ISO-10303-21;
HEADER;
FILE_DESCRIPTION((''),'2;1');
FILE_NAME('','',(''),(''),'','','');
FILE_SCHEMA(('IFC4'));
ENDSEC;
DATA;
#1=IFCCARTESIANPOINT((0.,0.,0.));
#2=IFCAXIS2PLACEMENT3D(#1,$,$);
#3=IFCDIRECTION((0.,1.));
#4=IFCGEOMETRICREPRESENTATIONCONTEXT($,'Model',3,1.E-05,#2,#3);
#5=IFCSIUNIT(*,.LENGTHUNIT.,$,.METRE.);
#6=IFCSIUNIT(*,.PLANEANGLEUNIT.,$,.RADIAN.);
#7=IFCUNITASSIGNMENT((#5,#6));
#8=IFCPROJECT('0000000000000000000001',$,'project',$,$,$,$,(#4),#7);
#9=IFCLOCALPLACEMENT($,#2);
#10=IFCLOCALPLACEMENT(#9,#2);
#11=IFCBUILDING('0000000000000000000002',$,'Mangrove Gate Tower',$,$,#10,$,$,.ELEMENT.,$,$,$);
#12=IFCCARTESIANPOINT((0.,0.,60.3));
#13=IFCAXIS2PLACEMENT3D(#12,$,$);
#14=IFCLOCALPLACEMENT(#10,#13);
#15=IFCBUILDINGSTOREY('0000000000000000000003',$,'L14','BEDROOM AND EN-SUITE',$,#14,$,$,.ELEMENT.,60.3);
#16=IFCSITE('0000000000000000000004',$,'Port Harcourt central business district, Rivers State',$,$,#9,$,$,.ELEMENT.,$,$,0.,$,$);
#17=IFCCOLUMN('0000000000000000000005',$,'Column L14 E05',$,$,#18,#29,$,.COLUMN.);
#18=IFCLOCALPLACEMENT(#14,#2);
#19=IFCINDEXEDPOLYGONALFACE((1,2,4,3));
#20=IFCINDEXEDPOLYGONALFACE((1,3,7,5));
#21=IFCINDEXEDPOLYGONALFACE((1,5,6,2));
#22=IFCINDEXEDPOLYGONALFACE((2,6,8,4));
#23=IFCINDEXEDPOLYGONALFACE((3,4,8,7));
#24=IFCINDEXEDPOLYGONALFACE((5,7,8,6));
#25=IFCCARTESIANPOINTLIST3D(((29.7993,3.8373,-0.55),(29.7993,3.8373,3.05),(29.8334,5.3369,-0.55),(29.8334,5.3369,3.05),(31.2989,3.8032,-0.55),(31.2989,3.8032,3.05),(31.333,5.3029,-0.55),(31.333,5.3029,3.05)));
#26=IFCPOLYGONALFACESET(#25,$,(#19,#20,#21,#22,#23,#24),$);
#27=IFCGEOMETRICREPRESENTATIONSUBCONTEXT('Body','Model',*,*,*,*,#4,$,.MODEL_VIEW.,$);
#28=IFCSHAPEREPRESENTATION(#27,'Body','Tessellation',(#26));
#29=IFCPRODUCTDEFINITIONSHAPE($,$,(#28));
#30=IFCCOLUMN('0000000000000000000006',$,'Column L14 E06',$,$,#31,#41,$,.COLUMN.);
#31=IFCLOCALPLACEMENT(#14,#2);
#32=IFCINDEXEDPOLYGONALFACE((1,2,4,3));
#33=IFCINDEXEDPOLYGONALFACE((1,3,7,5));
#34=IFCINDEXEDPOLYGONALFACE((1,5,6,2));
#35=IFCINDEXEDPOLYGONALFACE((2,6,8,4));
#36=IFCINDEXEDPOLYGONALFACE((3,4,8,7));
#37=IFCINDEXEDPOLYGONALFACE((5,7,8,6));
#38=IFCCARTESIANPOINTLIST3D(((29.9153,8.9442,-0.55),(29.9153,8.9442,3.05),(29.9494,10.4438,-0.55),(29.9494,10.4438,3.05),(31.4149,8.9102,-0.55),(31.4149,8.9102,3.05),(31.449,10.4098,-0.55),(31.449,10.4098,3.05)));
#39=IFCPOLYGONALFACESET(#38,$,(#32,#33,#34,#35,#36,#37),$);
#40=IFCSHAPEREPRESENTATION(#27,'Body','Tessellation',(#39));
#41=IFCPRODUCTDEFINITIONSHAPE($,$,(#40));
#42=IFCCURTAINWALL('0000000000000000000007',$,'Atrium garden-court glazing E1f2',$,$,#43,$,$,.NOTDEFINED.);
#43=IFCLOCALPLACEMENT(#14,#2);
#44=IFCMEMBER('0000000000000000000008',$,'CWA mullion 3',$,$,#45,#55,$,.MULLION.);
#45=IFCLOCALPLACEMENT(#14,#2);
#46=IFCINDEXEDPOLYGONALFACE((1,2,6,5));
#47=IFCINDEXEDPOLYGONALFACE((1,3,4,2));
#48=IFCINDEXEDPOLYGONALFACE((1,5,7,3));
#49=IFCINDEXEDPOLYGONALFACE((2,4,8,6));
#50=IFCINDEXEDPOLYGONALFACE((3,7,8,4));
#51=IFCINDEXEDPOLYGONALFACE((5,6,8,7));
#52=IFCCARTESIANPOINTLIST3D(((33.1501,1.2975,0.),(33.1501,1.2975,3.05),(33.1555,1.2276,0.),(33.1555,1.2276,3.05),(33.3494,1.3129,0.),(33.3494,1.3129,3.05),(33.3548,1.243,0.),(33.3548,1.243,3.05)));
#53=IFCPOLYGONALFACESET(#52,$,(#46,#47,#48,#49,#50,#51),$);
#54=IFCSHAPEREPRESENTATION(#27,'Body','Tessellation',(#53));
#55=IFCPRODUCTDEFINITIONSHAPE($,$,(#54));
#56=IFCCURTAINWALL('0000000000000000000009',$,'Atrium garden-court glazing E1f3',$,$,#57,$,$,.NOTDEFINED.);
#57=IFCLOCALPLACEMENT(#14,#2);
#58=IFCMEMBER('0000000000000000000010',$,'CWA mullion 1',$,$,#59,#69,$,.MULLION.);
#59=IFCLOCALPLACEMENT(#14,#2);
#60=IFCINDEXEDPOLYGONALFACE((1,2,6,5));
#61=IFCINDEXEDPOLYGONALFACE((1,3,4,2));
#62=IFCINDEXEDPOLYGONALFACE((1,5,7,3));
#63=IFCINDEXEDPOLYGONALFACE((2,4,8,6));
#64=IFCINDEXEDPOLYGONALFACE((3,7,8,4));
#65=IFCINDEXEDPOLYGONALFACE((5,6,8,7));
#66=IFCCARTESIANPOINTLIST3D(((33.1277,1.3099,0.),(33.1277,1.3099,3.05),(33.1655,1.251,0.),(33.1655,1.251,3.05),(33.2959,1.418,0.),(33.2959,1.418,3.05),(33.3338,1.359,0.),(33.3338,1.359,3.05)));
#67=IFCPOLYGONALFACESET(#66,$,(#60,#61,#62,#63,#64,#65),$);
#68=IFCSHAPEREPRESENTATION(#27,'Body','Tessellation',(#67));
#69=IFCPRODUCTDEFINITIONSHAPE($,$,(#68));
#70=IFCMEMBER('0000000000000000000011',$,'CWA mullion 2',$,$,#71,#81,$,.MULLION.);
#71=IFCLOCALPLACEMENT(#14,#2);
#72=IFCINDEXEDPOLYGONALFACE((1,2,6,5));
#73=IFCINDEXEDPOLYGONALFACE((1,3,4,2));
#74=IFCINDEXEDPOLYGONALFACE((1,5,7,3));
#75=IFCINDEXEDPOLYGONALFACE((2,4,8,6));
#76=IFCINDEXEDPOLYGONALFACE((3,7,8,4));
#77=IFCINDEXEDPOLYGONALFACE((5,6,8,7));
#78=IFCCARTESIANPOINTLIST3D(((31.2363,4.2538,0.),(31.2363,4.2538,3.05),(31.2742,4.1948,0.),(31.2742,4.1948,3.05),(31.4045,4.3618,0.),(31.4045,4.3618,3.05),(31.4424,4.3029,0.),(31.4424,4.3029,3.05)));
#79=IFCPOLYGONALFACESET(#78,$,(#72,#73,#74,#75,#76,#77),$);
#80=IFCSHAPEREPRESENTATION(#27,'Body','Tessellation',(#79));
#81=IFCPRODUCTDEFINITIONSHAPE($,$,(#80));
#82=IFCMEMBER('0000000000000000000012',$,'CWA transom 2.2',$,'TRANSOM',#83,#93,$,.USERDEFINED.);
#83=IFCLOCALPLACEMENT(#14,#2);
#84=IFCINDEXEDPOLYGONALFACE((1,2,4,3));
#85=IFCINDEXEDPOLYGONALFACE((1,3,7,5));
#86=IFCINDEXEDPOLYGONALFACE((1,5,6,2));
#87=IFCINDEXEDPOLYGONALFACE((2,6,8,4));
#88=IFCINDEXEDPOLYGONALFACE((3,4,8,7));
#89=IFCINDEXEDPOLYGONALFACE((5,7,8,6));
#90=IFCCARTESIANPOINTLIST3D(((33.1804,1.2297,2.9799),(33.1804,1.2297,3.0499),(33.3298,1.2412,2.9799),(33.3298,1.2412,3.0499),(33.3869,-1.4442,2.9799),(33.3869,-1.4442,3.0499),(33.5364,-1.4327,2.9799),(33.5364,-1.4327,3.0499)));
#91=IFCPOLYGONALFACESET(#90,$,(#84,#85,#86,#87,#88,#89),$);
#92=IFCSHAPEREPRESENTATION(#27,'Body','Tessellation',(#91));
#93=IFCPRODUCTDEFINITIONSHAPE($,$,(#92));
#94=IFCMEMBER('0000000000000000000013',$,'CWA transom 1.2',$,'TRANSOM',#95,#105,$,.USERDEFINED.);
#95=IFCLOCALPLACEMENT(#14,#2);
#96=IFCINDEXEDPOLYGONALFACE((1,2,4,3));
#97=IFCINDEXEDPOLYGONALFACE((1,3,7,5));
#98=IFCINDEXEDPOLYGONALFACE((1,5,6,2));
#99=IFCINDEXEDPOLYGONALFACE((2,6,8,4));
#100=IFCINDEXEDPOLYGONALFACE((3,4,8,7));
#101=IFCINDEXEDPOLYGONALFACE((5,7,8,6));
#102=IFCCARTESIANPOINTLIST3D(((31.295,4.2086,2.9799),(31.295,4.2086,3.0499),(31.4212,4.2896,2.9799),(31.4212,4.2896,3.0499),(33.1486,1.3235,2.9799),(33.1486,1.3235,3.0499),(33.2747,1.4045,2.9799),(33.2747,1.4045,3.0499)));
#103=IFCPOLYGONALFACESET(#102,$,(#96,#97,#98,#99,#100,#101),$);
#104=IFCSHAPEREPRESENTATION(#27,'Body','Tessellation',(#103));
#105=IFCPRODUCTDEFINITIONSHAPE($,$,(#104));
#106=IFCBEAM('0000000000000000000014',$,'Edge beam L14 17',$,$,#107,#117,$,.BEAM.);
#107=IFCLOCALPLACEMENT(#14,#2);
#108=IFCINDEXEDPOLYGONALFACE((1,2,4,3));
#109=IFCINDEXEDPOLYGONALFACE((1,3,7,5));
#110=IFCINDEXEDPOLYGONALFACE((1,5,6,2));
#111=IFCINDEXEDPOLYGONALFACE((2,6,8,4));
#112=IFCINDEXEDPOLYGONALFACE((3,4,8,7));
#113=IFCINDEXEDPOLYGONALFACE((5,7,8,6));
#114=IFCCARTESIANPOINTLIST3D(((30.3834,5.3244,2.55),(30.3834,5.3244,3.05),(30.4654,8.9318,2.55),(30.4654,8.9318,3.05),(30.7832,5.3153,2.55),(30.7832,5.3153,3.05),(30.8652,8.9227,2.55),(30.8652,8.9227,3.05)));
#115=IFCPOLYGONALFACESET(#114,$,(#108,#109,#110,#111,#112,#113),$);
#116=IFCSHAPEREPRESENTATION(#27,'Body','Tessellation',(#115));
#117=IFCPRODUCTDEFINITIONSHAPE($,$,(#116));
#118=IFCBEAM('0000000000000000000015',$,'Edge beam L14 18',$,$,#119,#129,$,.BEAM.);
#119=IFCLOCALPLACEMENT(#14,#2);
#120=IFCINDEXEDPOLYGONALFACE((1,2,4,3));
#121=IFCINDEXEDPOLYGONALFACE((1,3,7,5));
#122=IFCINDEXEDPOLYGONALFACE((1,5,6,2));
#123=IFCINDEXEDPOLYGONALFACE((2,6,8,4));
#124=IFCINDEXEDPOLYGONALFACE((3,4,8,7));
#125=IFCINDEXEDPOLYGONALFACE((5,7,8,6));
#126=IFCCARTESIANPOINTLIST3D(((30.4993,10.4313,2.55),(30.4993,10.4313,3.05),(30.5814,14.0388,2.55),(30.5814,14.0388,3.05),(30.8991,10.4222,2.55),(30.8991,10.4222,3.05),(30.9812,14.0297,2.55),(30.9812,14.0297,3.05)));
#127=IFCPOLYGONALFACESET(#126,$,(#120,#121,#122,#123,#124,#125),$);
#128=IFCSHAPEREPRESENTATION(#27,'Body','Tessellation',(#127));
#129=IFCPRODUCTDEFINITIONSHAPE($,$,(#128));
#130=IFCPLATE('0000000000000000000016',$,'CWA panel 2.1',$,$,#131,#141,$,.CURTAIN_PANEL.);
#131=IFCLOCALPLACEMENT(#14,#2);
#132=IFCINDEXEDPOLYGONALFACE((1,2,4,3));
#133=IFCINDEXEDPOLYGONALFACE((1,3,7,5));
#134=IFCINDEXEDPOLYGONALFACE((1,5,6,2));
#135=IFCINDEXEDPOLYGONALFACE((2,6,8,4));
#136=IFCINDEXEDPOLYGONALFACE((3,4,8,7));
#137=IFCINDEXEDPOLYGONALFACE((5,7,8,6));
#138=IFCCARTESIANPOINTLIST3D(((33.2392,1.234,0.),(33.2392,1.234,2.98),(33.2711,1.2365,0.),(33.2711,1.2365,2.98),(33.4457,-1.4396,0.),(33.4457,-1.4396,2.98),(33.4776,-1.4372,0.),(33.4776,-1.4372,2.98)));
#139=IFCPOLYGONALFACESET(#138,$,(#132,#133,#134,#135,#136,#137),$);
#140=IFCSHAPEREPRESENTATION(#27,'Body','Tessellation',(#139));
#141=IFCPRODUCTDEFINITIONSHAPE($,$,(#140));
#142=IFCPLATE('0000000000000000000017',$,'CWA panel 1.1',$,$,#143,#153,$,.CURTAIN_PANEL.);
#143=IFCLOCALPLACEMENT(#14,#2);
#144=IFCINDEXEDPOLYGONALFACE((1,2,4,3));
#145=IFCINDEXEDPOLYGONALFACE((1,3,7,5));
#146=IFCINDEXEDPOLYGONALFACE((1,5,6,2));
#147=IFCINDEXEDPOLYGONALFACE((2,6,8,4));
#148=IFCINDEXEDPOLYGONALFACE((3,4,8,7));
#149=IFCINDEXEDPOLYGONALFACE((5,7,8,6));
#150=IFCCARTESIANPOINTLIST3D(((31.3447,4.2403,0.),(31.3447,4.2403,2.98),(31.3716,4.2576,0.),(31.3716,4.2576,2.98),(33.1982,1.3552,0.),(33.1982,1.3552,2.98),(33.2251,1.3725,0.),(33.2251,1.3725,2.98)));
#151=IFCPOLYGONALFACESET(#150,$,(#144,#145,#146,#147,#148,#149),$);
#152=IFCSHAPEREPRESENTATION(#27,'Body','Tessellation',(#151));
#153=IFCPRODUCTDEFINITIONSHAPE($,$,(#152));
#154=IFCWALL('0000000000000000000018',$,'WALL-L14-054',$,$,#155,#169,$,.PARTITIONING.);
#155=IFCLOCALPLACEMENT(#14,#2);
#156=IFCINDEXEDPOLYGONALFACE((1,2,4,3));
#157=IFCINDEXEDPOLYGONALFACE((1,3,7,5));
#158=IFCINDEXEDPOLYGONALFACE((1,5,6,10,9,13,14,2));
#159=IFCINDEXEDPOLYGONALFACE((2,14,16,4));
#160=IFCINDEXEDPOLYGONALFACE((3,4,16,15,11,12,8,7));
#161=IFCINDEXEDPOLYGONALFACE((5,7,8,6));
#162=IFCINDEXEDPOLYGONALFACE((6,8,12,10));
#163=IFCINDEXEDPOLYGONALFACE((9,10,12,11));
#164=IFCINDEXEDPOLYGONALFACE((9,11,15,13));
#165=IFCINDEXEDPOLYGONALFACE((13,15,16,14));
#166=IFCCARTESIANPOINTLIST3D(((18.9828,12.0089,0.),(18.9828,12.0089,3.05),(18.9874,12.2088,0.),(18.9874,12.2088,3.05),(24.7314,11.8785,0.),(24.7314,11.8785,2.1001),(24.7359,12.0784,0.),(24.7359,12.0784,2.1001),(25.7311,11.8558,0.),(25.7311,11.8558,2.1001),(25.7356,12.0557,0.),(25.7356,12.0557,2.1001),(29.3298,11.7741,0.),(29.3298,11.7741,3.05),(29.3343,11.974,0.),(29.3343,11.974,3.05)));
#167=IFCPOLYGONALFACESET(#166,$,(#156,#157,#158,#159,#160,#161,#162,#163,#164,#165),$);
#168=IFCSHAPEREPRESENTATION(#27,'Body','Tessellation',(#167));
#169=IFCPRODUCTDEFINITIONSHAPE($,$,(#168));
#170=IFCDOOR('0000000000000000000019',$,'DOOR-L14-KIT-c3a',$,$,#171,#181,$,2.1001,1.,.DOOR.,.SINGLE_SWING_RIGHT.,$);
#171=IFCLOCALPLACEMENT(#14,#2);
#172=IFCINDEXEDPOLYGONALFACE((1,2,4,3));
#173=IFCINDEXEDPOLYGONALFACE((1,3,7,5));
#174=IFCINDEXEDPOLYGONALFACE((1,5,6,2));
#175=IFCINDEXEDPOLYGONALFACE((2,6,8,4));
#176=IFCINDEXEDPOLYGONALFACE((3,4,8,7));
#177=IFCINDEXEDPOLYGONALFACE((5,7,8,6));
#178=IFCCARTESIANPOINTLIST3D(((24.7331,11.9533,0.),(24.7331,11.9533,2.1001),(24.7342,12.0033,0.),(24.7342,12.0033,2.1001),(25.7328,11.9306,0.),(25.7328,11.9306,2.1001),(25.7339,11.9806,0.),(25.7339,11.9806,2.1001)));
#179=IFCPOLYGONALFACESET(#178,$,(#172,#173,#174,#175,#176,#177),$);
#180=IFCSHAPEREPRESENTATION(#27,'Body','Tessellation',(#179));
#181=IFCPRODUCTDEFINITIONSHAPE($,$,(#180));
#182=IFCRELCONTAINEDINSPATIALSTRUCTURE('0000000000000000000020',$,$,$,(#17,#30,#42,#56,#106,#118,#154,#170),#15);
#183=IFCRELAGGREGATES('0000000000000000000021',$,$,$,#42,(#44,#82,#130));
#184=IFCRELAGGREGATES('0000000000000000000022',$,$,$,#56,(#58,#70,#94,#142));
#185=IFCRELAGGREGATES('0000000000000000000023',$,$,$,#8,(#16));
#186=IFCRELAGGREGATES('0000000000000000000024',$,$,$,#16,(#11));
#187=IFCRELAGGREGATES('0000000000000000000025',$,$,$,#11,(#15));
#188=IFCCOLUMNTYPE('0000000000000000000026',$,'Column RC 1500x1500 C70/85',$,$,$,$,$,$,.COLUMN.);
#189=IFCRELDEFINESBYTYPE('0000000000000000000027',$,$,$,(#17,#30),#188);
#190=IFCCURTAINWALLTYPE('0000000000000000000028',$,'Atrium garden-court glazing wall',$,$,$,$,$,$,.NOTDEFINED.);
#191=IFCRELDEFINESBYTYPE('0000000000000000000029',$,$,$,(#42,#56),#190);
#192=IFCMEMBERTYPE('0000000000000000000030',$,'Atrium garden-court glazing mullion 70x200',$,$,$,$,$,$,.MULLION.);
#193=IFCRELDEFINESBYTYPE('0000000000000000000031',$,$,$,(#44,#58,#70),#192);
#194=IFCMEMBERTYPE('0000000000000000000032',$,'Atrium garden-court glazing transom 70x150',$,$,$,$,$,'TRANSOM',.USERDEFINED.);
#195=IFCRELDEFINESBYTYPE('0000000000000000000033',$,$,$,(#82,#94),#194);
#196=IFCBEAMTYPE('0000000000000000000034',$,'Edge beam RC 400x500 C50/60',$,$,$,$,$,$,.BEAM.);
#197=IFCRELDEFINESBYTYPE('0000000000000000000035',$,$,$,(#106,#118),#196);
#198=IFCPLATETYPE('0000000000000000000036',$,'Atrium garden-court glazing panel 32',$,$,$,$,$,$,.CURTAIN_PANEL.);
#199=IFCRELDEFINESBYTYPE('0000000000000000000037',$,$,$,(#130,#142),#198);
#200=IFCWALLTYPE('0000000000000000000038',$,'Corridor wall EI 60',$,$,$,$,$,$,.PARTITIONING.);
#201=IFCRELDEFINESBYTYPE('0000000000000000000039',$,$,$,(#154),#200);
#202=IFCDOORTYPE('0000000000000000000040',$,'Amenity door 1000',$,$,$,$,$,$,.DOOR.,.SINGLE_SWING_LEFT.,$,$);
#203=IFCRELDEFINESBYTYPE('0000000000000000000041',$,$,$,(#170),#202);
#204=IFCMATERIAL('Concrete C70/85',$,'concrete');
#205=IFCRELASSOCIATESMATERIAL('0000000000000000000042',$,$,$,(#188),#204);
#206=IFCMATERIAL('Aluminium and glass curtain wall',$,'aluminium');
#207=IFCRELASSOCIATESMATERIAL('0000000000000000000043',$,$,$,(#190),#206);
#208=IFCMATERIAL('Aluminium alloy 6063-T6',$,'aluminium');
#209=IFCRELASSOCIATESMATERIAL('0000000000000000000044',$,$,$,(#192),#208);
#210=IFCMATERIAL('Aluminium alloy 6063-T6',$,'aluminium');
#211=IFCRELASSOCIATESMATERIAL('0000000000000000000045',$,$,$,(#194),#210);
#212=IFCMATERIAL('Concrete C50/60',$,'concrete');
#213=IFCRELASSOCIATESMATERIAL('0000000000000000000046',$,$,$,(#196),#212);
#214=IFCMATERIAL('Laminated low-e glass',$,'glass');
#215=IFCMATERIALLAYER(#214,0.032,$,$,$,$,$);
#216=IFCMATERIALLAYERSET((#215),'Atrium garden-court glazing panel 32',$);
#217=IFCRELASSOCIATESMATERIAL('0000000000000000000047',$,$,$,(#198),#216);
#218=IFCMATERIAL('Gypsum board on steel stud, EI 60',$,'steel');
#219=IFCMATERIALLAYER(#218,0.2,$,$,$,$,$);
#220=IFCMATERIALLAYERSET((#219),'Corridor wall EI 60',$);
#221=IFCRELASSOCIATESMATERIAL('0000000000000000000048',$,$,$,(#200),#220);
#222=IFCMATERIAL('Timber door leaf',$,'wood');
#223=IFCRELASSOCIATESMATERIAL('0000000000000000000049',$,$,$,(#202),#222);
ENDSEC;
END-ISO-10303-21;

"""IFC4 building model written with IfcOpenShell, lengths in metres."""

from ifc_helpers import new_model, si_unit, direction, frame, frame_2d, origin, origin_2d, place, context, subcontext, project, spatial, rectangle, extrude, material, layer, layer_set, material_profile, profile_set, type_object, element, fill, aggregate, save


model = new_model("IFC4")

# Units and contexts
model_context = context("Model", 3, precision=1e-05, world=origin(), true_north=direction((0.0, 1.0)))
body_context = subcontext(model_context, "Body", "Model", "MODEL_VIEW")
ifc_project = project(units=[si_unit("LENGTHUNIT", "METRE"), si_unit("PLANEANGLEUNIT", "RADIAN")], contexts=[model_context])

# Site, building, storey
site_placement = place(None, origin())
site = spatial("IfcSite", under=ifc_project, at=site_placement, Name="Port Harcourt central business district, Rivers State", CompositionType="ELEMENT", RefElevation=0.0)
building_placement = place(site_placement, origin())
building = spatial("IfcBuilding", under=site, at=building_placement, Name="Mangrove Gate Tower", CompositionType="ELEMENT")
storey_placement = place(building_placement, frame((0.0, 0.0, 60.3)))
storey = spatial("IfcBuildingStorey", under=building, at=storey_placement, Name="L14", Description="BEDROOM AND EN-SUITE", CompositionType="ELEMENT", Elevation=60.3)

# Columns
ifc_material_1 = material(Name="Concrete C70/85", Category="concrete")
ifc_material_profile_1 = material_profile(ifc_material_1, rectangle(XDim=1.5, YDim=1.5, at=origin_2d()))
ifc_profile_set_1 = profile_set([ifc_material_profile_1], Name="Concrete C70/85")
column_type = type_object("IfcColumnType", Name="Column RC 1500x1500 C70/85", PredefinedType="COLUMN", material=ifc_profile_set_1)
for number, where, z_axis, x_axis, name in (
    (1, (30.5662, 4.5701, -0.55), (0.0, 0.0, 1.0), (0.022695, 0.999742, 0.0), "Column L14 E05"),
    (2, (30.6821, 9.677, -0.55), (0.0, 0.0, 1.0), (0.022708, 0.999742, 0.0), "Column L14 E06"),
):
    element("IfcColumn", number, at=place(storey_placement, frame(where, z_axis=z_axis, x_axis=x_axis)), inside=storey, type_object=column_type, Name=name, PredefinedType="COLUMN", context=body_context, shape_type="SweptSolid", body=[
        extrude(rectangle(XDim=1.5, YDim=1.5, at=origin_2d()), origin(), (0.0, 0.0, 1.0), 3.6001),
    ])

# Curtain wall, member
ifc_material_2 = material(Name="Aluminium and glass curtain wall", Category="aluminium")
curtain_wall_type = type_object("IfcCurtainWallType", Name="Atrium garden-court glazing wall", PredefinedType="NOTDEFINED", material=ifc_material_2)
curtain_wall_1_placement = place(storey_placement, origin())
curtain_wall_1 = element("IfcCurtainWall", 3, at=curtain_wall_1_placement, inside=storey, type_object=curtain_wall_type, Name="Atrium garden-court glazing E1f2", PredefinedType="NOTDEFINED")
ifc_material_3 = material(Name="Aluminium alloy 6063-T6", Category="aluminium")
ifc_material_profile_2 = material_profile(ifc_material_3, rectangle(XDim=0.0701, YDim=0.2, at=origin_2d()))
ifc_profile_set_2 = profile_set([ifc_material_profile_2], Name="Aluminium alloy 6063-T6")
member_type_1 = type_object("IfcMemberType", Name="Atrium garden-court glazing mullion 70x200", PredefinedType="MULLION", material=ifc_profile_set_2)
member_1_placement = place(storey_placement, frame((33.2524, 1.2703, 0.0), z_axis=(0.0, 0.0, 1.0), x_axis=(-0.077023, 0.997029, 0.0)))
member_1 = element("IfcMember", 4, at=member_1_placement, type_object=member_type_1, Name="CWA mullion 3", PredefinedType="MULLION", context=body_context, shape_type="SweptSolid", body=[
    extrude(rectangle(XDim=0.0701, YDim=0.2, at=origin_2d()), origin(), (0.0, 0.0, 1.0), 3.05),
])

# Curtain wall, members
curtain_wall_2_placement = place(storey_placement, origin())
curtain_wall_2 = element("IfcCurtainWall", 5, at=curtain_wall_2_placement, inside=storey, type_object=curtain_wall_type, Name="Atrium garden-court glazing E1f3", PredefinedType="NOTDEFINED")
member_2_placement = place(storey_placement, frame((33.2307, 1.3345, 0.0), z_axis=(0.0, 0.0, 1.0), x_axis=(-0.540525, 0.841328, 0.0)))
member_2 = element("IfcMember", 6, at=member_2_placement, type_object=member_type_1, Name="CWA mullion 1", PredefinedType="MULLION", context=body_context, shape_type="SweptSolid", body=[
    extrude(rectangle(XDim=0.0701, YDim=0.2, at=origin_2d()), origin(), (0.0, 0.0, 1.0), 3.05),
])
member_3_placement = place(storey_placement, frame((31.3394, 4.2783, 0.0), z_axis=(0.0, 0.0, 1.0), x_axis=(-0.540525, 0.841328, 0.0)))
member_3 = element("IfcMember", 7, at=member_3_placement, type_object=member_type_1, Name="CWA mullion 2", PredefinedType="MULLION", context=body_context, shape_type="SweptSolid", body=[
    extrude(rectangle(XDim=0.0701, YDim=0.2, at=origin_2d()), origin(), (0.0, 0.0, 1.0), 3.05),
])

# Members
ifc_material_4 = material(Name="Aluminium alloy 6063-T6", Category="aluminium")
ifc_material_profile_3 = material_profile(ifc_material_4, rectangle(XDim=0.0701, YDim=0.1499, at=origin_2d()))
ifc_profile_set_3 = profile_set([ifc_material_profile_3], Name="Aluminium alloy 6063-T6")
member_type_2 = type_object("IfcMemberType", Name="Atrium garden-court glazing transom 70x150", ElementType="TRANSOM", PredefinedType="USERDEFINED", material=ifc_profile_set_3)
member_4_placement = place(storey_placement, frame((33.4617, -1.4385, 3.0149), z_axis=(-0.077017, 0.99703, 0.0), x_axis=(0.0, 0.0, 1.0)))
member_4 = element("IfcMember", 8, at=member_4_placement, type_object=member_type_2, Name="CWA transom 2.2", ObjectType="TRANSOM", PredefinedType="USERDEFINED", context=body_context, shape_type="SweptSolid", body=[
    extrude(rectangle(XDim=0.0701, YDim=0.1499, at=origin_2d()), origin(), (0.0, 0.0, 1.0), 2.6819),
])
member_5_placement = place(storey_placement, frame((33.2117, 1.364, 3.0149), z_axis=(-0.540524, 0.841329, 0.0), x_axis=(0.0, 0.0, 1.0)))
member_5 = element("IfcMember", 9, at=member_5_placement, type_object=member_type_2, Name="CWA transom 1.2", ObjectType="TRANSOM", PredefinedType="USERDEFINED", context=body_context, shape_type="SweptSolid", body=[
    extrude(rectangle(XDim=0.0701, YDim=0.1499, at=origin_2d()), origin(), (0.0, 0.0, 1.0), 3.4292),
])

# Beams
ifc_material_5 = material(Name="Concrete C50/60", Category="concrete")
ifc_material_profile_4 = material_profile(ifc_material_5, rectangle(XDim=0.3999, YDim=0.5, at=origin_2d()))
ifc_profile_set_4 = profile_set([ifc_material_profile_4], Name="Concrete C50/60")
beam_type = type_object("IfcBeamType", Name="Edge beam RC 400x500 C50/60", PredefinedType="BEAM", material=ifc_profile_set_4)
for number, where, z_axis, x_axis, name in (
    (10, (30.5833, 5.3198, 2.8), (0.022734, 0.999742, 0.0), (-0.999742, 0.022734, 0.0), "Edge beam L14 17"),
    (11, (30.6992, 10.4268, 2.8), (0.022734, 0.999742, 0.0), (-0.999742, 0.022734, 0.0), "Edge beam L14 18"),
):
    element("IfcBeam", number, at=place(storey_placement, frame(where, z_axis=z_axis, x_axis=x_axis)), inside=storey, type_object=beam_type, Name=name, PredefinedType="BEAM", context=body_context, shape_type="SweptSolid", body=[
        extrude(rectangle(XDim=0.3999, YDim=0.5, at=origin_2d()), origin(), (0.0, 0.0, 1.0), 3.6084),
    ])

# Plates
ifc_material_6 = material(Name="Laminated low-e glass", Category="glass")
ifc_layer_1 = layer(ifc_material_6, 0.032)
ifc_layer_set_1 = layer_set([ifc_layer_1], Name="Atrium garden-court glazing panel 32")
plate_type = type_object("IfcPlateType", Name="Atrium garden-court glazing panel 32", PredefinedType="CURTAIN_PANEL", material=ifc_layer_set_1)
plate_1_placement = place(storey_placement, frame((33.3584, -0.1016, 0.0), z_axis=(0.0, 0.0, 1.0), x_axis=(-0.077023, 0.997029, 0.0)))
plate_1 = element("IfcPlate", 12, at=plate_1_placement, type_object=plate_type, Name="CWA panel 2.1", PredefinedType="CURTAIN_PANEL", context=body_context, shape_type="SweptSolid", body=[
    extrude(rectangle(XDim=2.6816, YDim=0.032, at=origin_2d()), origin(), (0.0, 0.0, 1.0), 2.98),
])
aggregate(curtain_wall_1, [member_1, member_4, plate_1])
plate_2_placement = place(storey_placement, frame((32.2849, 2.8064, 0.0), z_axis=(0.0, 0.0, 1.0), x_axis=(-0.540525, 0.841328, 0.0)))
plate_2 = element("IfcPlate", 13, at=plate_2_placement, type_object=plate_type, Name="CWA panel 1.1", PredefinedType="CURTAIN_PANEL", context=body_context, shape_type="SweptSolid", body=[
    extrude(rectangle(XDim=3.4292, YDim=0.032, at=origin_2d()), origin(), (0.0, 0.0, 1.0), 2.98),
])
aggregate(curtain_wall_2, [member_2, member_3, member_5, plate_2])

# Wall, opening, door
ifc_material_7 = material(Name="Gypsum board on steel stud, EI 60", Category="steel")
ifc_layer_2 = layer(ifc_material_7, 0.2)
ifc_layer_set_2 = layer_set([ifc_layer_2], Name="Corridor wall EI 60")
wall_type_1 = type_object("IfcWallType", Name="Corridor wall EI 60", PredefinedType="PARTITIONING", material=ifc_layer_set_2)
wall_1_placement = place(storey_placement, frame((18.9851, 12.1089, 0.0), z_axis=(0.0, 0.0, 1.0), x_axis=(0.999742, -0.022693, 0.0)))
wall_1 = element("IfcWall", 14, at=wall_1_placement, inside=storey, type_object=wall_type_1, Name="WALL-L14-054", PredefinedType="PARTITIONING", context=body_context, shape_type="SweptSolid", body=[
    extrude(rectangle(XDim=10.3496, YDim=0.2, at=frame_2d((5.1748, 0.0))), origin(), (0.0, 0.0, 1.0), 3.05),
])
opening_1_placement = place(wall_1_placement, frame((5.75, 0.0, 0.0)))
opening_1 = element("IfcOpeningElement", 15, at=opening_1_placement, cuts=wall_1, PredefinedType="OPENING", context=body_context, shape_type="SweptSolid", body=[
    extrude(rectangle(XDim=1.0, YDim=2.1001, at=frame_2d((0.5, 1.05))), frame((0.0, 0.1099, 0.0), z_axis=(0.0, -1.0, 0.0), x_axis=(1.0, 0.0, 0.0)), (0.0, 0.0, 1.0), 0.22),
])
ifc_material_8 = material(Name="Timber door leaf", Category="wood")
door_type_1 = type_object("IfcDoorType", Name="Amenity door 1000", OperationType="SINGLE_SWING_LEFT", PredefinedType="DOOR", material=ifc_material_8)
door_1_placement = place(opening_1_placement, origin())
door_1 = element("IfcDoor", 16, at=door_1_placement, inside=storey, type_object=door_type_1, Name="DOOR-L14-KIT-c3a", OperationType="SINGLE_SWING_RIGHT", OverallHeight=2.1001, OverallWidth=1.0, PredefinedType="DOOR", context=body_context, shape_type="SweptSolid", body=[
    extrude(rectangle(XDim=1.0, YDim=2.1001, at=frame_2d((0.5, 1.05))), frame((0.0, 0.0249, 0.0), z_axis=(0.0, -1.0, 0.0), x_axis=(1.0, 0.0, 0.0)), (0.0, 0.0, 1.0), 0.05),
])
fill(opening_1, door_1)

save(model, "model.ifc")
